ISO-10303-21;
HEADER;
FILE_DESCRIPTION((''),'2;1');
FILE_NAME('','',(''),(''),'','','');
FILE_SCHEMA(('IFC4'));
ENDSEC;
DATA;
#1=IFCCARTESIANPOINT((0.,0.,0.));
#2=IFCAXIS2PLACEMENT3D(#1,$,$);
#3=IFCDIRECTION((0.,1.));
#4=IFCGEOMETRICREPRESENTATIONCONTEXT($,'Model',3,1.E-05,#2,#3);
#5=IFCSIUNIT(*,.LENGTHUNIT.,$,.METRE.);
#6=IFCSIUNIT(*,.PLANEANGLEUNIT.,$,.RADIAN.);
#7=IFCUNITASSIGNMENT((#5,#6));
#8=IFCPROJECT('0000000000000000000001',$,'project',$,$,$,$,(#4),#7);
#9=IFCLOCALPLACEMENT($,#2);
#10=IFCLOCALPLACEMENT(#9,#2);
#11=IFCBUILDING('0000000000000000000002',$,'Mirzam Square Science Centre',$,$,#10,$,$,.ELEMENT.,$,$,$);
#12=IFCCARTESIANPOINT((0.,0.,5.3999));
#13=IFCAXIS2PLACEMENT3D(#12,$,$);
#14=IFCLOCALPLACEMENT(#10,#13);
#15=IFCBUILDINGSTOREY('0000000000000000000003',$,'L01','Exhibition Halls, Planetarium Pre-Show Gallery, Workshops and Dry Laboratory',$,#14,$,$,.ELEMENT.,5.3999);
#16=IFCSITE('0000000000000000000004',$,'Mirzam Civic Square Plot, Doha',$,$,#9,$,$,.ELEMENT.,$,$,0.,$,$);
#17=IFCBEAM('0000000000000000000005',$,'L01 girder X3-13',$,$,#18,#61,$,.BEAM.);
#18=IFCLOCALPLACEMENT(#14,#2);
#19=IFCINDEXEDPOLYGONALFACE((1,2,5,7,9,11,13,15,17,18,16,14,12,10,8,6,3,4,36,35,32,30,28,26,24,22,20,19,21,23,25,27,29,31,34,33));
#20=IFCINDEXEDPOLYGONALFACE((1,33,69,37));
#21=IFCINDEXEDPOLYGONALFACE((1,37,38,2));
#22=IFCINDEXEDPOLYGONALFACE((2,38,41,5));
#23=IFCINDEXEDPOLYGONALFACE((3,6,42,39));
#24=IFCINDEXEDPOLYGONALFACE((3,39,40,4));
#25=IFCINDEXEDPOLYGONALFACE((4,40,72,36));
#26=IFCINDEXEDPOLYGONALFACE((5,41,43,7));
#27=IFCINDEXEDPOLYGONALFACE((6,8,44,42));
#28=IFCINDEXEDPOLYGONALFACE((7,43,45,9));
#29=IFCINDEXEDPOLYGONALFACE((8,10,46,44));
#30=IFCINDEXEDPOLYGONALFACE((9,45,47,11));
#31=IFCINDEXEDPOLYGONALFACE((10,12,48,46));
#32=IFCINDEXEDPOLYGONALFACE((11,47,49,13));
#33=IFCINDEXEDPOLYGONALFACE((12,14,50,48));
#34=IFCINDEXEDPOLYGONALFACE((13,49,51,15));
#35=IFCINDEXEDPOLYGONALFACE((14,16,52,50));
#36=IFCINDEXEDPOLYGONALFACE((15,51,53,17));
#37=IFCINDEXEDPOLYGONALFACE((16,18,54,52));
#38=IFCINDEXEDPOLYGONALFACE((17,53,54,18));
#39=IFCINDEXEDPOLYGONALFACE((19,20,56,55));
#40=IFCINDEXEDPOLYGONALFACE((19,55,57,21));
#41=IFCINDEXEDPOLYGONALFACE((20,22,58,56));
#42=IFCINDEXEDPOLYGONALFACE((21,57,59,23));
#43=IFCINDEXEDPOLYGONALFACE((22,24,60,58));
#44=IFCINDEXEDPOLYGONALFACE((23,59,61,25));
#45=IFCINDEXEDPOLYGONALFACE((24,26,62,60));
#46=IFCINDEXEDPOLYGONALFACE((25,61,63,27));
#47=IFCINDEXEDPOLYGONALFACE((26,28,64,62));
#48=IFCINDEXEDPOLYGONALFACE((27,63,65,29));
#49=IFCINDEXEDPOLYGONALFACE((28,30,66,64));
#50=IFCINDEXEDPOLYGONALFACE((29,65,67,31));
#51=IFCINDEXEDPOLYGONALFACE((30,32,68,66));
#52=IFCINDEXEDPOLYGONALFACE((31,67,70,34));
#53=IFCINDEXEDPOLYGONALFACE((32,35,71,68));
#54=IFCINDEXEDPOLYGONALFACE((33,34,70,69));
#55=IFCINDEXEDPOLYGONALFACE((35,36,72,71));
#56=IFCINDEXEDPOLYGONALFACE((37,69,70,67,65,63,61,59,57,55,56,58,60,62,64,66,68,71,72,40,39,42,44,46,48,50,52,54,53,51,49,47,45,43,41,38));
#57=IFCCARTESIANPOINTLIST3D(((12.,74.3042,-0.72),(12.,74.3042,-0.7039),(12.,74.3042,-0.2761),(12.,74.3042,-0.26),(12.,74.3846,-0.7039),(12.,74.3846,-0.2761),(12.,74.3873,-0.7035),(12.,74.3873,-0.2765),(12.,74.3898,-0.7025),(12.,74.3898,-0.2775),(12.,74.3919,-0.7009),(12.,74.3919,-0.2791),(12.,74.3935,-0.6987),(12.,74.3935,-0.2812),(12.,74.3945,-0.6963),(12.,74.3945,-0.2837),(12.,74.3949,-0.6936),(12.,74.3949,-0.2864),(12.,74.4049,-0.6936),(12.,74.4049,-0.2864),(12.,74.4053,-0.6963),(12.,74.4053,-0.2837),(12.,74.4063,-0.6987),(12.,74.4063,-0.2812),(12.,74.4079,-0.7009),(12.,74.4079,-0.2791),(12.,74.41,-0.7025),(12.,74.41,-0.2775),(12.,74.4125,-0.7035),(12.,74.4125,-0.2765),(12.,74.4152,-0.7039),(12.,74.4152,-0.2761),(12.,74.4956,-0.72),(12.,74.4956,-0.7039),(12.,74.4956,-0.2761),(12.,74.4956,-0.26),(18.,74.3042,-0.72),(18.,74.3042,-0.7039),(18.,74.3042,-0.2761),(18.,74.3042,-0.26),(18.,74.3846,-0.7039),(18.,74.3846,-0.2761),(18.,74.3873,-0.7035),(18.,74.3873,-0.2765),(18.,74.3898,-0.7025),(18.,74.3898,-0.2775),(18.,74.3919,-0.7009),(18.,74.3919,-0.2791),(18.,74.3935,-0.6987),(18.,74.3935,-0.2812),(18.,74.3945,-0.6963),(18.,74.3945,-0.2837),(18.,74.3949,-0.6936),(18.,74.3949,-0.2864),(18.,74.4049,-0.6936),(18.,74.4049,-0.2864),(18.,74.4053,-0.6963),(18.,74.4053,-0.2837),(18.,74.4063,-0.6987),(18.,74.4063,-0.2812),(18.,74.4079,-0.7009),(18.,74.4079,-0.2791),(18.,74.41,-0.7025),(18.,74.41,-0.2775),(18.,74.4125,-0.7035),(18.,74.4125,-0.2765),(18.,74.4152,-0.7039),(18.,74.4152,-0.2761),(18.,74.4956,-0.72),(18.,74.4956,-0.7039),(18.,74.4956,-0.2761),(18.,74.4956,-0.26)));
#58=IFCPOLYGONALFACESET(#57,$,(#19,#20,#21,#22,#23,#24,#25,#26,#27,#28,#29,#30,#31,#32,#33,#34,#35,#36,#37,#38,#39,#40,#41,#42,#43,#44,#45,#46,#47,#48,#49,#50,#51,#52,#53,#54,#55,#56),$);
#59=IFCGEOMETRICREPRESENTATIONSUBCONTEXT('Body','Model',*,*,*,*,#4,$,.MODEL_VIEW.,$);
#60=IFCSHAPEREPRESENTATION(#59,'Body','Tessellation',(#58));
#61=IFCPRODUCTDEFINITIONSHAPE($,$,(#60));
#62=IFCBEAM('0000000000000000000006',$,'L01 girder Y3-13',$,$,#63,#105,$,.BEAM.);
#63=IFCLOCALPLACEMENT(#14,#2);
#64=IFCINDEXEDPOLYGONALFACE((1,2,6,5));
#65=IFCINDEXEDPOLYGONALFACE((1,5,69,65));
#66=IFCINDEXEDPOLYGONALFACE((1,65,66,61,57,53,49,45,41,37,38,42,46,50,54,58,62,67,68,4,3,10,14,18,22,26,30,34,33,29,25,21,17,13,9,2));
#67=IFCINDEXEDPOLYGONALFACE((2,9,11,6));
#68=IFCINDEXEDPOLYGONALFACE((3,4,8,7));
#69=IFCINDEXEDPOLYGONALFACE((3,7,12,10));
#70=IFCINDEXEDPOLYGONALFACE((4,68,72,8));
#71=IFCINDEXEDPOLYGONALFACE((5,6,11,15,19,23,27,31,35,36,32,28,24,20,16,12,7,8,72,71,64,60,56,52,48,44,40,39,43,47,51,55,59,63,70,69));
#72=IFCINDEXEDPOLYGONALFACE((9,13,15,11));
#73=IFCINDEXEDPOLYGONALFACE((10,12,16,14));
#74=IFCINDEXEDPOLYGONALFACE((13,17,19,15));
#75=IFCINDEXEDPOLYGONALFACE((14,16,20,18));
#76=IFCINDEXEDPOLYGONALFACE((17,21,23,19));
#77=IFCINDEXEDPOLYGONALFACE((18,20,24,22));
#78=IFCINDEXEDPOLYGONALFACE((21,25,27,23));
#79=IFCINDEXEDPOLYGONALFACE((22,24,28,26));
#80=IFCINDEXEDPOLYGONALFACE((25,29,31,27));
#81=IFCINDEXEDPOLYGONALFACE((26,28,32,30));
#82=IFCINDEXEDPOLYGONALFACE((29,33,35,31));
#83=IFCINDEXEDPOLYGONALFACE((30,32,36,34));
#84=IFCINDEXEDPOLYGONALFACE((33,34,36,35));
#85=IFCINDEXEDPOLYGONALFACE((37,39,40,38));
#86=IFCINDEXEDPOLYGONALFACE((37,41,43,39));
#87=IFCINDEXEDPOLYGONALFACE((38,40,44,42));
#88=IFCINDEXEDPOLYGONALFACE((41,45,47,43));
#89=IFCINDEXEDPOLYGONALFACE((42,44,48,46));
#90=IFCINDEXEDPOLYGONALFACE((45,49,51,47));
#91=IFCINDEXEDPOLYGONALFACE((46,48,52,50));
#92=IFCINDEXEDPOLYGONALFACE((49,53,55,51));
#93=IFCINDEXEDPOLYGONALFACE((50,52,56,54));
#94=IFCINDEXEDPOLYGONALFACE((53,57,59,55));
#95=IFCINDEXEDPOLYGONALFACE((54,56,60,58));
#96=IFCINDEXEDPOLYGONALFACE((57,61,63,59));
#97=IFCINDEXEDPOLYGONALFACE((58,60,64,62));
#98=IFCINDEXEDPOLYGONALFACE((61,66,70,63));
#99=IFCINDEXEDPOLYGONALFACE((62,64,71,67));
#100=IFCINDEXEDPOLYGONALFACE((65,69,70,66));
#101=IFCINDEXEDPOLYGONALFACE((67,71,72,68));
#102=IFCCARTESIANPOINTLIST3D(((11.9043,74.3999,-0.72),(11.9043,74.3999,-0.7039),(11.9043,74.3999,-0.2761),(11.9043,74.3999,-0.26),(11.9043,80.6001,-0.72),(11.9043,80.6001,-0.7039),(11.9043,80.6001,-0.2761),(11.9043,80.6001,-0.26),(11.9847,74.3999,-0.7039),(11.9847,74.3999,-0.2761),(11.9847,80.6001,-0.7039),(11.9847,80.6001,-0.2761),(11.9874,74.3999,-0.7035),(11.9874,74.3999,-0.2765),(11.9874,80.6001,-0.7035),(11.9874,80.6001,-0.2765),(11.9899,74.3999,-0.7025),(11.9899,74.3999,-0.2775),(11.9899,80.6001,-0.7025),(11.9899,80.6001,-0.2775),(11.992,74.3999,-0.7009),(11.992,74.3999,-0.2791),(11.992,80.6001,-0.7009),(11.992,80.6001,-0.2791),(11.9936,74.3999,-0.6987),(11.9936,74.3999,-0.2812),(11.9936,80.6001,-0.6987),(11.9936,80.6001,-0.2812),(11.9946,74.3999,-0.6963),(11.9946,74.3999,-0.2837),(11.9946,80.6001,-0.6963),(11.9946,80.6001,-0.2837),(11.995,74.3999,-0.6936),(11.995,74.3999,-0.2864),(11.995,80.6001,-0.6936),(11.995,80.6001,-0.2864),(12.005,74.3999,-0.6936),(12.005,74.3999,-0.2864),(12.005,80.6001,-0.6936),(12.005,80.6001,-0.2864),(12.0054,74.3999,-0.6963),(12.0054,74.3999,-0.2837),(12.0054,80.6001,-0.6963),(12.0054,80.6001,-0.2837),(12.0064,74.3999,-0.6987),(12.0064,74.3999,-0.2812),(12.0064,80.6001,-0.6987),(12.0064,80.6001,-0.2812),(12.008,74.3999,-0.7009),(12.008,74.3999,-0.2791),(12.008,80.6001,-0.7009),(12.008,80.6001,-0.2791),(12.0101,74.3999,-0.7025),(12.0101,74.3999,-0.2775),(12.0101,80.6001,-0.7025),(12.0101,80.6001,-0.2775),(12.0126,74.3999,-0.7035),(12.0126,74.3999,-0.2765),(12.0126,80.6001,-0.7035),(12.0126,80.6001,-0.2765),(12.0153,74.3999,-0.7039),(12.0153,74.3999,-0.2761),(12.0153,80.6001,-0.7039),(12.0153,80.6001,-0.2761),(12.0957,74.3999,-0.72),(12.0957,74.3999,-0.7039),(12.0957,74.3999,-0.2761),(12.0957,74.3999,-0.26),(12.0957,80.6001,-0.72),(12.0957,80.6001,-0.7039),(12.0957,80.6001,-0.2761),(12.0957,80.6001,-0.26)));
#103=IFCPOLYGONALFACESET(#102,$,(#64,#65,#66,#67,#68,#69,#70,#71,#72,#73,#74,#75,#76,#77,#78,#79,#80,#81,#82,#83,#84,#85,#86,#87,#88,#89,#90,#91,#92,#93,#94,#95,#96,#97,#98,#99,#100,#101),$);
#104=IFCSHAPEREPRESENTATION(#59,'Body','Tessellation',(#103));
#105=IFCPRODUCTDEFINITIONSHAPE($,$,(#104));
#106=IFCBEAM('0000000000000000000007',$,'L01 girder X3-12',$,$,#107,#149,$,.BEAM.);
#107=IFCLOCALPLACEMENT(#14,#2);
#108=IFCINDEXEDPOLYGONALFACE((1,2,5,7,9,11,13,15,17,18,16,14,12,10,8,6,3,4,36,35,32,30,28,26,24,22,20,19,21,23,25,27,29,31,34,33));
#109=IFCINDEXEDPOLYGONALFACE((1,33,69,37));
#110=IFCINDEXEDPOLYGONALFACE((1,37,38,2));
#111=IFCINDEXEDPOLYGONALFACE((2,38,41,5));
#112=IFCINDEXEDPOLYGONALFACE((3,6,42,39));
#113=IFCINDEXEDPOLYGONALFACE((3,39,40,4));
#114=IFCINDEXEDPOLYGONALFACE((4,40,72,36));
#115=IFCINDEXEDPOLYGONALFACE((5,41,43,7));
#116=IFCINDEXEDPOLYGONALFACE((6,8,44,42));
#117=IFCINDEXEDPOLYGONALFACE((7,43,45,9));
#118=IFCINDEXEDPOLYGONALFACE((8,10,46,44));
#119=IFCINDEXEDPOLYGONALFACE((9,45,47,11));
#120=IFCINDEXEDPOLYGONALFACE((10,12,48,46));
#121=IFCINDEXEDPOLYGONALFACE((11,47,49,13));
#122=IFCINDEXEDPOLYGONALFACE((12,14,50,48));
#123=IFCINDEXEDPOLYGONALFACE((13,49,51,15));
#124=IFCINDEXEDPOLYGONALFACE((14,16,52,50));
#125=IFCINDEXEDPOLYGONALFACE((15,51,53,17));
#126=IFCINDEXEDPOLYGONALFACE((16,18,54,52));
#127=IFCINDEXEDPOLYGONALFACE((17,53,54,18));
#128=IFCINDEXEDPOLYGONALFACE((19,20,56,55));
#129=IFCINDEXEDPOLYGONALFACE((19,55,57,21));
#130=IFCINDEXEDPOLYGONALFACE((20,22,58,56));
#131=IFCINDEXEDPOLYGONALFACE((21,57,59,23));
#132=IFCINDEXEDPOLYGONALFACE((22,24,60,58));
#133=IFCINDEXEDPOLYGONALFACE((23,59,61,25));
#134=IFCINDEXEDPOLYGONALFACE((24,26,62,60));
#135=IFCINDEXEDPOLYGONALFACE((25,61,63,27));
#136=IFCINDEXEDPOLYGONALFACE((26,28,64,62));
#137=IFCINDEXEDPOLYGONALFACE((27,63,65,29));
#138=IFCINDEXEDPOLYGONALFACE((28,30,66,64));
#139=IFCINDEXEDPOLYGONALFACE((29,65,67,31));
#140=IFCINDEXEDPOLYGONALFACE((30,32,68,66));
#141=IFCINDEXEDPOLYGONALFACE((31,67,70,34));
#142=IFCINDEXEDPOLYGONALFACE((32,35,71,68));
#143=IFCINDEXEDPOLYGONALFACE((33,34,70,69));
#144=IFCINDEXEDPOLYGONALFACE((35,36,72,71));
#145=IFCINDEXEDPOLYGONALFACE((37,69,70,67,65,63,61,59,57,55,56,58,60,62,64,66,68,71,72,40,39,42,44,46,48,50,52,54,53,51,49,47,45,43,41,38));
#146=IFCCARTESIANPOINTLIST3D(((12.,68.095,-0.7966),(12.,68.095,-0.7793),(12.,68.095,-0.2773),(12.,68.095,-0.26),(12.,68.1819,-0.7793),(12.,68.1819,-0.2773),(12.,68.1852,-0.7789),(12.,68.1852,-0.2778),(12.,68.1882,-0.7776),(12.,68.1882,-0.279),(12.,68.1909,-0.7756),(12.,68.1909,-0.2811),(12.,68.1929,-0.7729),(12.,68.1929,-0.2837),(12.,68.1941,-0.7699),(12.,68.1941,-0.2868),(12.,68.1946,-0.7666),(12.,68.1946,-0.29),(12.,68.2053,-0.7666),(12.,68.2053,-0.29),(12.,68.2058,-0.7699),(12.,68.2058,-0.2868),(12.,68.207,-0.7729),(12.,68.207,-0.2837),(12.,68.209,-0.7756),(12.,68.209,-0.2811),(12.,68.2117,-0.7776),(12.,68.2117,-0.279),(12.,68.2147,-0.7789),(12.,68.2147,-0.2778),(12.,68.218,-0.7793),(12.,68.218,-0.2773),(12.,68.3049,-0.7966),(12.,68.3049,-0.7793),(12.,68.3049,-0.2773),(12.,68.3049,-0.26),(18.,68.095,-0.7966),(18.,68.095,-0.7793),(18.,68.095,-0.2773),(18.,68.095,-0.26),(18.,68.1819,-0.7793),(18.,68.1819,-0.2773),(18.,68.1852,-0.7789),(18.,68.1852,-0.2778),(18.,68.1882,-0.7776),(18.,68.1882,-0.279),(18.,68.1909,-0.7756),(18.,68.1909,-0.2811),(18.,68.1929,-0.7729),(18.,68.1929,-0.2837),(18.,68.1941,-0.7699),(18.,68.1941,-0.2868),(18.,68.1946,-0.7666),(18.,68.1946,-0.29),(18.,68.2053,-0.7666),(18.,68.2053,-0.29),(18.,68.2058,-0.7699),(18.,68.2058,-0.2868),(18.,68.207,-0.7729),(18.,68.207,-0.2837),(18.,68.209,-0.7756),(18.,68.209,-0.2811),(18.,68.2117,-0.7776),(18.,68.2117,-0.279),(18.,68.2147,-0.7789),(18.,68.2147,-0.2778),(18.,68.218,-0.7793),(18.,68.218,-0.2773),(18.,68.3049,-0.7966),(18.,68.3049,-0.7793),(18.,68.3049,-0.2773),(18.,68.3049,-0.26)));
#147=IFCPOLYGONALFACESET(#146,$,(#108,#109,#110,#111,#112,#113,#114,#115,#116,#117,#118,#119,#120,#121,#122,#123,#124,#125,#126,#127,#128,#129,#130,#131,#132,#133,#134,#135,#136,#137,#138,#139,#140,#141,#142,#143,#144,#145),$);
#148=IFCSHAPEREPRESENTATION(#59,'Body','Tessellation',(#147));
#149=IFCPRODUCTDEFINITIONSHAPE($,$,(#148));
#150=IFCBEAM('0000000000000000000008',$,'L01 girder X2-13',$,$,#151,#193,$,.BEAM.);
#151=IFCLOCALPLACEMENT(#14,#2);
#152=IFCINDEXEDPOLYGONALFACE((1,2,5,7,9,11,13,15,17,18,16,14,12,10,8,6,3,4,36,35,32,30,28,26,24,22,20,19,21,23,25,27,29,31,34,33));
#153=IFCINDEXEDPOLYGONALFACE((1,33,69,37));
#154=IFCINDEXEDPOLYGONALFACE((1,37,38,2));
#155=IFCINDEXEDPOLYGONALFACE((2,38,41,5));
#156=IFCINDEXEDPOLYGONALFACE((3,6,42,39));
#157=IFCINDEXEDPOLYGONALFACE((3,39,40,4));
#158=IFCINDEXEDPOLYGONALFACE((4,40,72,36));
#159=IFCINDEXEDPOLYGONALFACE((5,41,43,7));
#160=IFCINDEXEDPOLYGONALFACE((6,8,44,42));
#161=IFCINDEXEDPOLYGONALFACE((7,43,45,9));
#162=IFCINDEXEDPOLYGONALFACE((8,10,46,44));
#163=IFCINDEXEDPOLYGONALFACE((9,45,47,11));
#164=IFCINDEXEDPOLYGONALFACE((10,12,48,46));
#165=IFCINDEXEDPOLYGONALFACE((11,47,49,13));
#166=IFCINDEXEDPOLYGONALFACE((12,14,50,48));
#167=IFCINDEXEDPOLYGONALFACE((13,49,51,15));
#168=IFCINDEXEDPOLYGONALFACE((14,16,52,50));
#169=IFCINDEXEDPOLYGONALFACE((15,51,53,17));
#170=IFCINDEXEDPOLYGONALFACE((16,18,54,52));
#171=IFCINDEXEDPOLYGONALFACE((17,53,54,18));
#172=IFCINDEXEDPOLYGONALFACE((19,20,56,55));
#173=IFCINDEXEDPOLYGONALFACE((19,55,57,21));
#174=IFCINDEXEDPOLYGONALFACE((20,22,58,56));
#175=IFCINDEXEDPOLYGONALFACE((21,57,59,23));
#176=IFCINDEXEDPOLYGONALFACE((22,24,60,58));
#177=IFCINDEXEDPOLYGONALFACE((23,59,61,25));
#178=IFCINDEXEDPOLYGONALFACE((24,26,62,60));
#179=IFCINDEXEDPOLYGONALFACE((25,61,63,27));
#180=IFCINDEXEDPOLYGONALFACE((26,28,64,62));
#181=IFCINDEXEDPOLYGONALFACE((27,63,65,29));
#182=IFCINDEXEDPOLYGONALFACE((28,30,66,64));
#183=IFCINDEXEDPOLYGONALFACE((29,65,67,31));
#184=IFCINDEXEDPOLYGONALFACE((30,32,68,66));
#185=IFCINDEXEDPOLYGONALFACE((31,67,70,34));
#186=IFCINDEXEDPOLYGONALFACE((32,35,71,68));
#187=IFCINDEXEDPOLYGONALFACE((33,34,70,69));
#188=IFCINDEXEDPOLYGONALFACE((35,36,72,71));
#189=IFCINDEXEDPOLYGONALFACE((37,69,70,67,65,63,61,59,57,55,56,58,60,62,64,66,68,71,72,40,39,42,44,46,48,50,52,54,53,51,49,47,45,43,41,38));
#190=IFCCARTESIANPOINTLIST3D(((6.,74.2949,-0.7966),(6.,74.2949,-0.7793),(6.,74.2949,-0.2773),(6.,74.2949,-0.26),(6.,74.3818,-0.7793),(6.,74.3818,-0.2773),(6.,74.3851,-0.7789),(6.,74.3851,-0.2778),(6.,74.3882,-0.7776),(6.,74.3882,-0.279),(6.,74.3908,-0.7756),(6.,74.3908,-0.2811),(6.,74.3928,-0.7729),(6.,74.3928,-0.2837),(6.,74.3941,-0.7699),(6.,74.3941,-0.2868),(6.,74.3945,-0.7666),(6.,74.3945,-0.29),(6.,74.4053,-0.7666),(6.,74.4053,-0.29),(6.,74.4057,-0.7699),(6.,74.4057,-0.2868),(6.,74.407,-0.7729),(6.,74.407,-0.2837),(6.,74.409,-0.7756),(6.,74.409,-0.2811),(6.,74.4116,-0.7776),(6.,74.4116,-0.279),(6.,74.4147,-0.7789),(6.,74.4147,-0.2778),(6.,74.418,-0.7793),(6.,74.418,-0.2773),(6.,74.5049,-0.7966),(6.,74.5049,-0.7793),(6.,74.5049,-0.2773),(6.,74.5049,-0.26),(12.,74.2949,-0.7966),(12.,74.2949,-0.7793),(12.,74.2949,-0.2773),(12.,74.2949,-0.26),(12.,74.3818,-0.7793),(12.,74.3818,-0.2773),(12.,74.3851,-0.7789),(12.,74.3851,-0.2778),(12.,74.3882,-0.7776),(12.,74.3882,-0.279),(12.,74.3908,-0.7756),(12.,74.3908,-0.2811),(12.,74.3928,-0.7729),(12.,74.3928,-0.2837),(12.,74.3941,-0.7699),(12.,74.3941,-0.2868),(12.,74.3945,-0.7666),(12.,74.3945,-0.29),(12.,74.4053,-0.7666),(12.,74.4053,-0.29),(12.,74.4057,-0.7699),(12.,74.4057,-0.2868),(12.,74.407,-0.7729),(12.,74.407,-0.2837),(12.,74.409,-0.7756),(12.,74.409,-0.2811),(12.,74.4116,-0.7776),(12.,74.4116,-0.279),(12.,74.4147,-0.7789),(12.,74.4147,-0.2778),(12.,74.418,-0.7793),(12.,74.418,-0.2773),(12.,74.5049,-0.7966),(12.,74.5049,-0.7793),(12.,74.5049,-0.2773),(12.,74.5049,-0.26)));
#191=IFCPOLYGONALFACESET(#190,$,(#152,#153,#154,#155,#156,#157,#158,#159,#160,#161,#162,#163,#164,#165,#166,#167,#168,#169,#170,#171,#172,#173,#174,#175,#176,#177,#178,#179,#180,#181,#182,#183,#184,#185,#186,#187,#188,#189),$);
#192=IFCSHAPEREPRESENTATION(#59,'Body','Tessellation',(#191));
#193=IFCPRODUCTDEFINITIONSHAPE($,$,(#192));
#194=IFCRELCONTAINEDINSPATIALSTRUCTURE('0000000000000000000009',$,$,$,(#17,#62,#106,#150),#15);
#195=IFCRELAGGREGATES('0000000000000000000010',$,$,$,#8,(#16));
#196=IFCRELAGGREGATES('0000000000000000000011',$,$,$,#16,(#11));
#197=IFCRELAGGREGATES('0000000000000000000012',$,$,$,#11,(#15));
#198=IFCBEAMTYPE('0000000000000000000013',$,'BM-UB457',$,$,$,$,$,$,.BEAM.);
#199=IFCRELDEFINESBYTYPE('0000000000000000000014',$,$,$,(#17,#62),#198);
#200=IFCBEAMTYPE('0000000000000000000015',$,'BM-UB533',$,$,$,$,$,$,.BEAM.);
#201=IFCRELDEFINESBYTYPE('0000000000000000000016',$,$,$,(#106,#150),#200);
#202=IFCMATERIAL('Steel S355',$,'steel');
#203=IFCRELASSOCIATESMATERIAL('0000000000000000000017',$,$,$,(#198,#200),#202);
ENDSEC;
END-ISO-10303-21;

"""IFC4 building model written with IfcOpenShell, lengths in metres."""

from ifc_helpers import new_model, si_unit, direction, frame, origin, origin_2d, place, context, subcontext, project, spatial, i_section, extrude, material, material_profile, profile_set, type_object, element, save


model = new_model("IFC4")

# Units and contexts
model_context = context("Model", 3, precision=1e-05, world=origin(), true_north=direction((0.0, 1.0)))
body_context = subcontext(model_context, "Body", "Model", "MODEL_VIEW")
ifc_project = project(units=[si_unit("LENGTHUNIT", "METRE"), si_unit("PLANEANGLEUNIT", "RADIAN")], contexts=[model_context])

# Site, building, storey
site_placement = place(None, origin())
site = spatial("IfcSite", under=ifc_project, at=site_placement, Name="Mirzam Civic Square Plot, Doha", CompositionType="ELEMENT", RefElevation=0.0)
building_placement = place(site_placement, origin())
building = spatial("IfcBuilding", under=site, at=building_placement, Name="Mirzam Square Science Centre", CompositionType="ELEMENT")
storey_placement = place(building_placement, frame((0.0, 0.0, 5.3999)))
storey = spatial("IfcBuildingStorey", under=building, at=storey_placement, Name="L01", Description="Exhibition Halls, Planetarium Pre-Show Gallery, Workshops and Dry Laboratory", CompositionType="ELEMENT", Elevation=5.3999)

# Shared definitions
ifc_material_1 = material(Name="Steel S355", Category="steel")

# Beams
ifc_material_profile_1 = material_profile(ifc_material_1, i_section(OverallWidth=0.1914, OverallDepth=0.46, WebThickness=0.01, FlangeThickness=0.0161, FilletRadius=0.0103, at=origin_2d()), Name="457x191x82UB")
ifc_profile_set_1 = profile_set([ifc_material_profile_1], Name="Steel S355")
beam_type_1 = type_object("IfcBeamType", Name="BM-UB457", PredefinedType="BEAM", material=ifc_profile_set_1)
beam_1_placement = place(storey_placement, frame((12.0, 74.3999, -0.49), z_axis=(1.0, 0.0, 0.0), x_axis=(0.0, 1.0, 0.0)))
element("IfcBeam", 1, at=beam_1_placement, inside=storey, type_object=beam_type_1, Name="L01 girder X3-13", PredefinedType="BEAM", context=body_context, shape_type="SweptSolid", body=[
    extrude(i_section(OverallWidth=0.1914, OverallDepth=0.46, WebThickness=0.01, FlangeThickness=0.0161, FilletRadius=0.0103, at=origin_2d()), origin(), (0.0, 0.0, 1.0), 6.0),
])
beam_2_placement = place(storey_placement, frame((12.0, 74.3999, -0.49), z_axis=(0.0, 1.0, 0.0), x_axis=(-1.0, 0.0, 0.0)))
element("IfcBeam", 2, at=beam_2_placement, inside=storey, type_object=beam_type_1, Name="L01 girder Y3-13", PredefinedType="BEAM", context=body_context, shape_type="SweptSolid", body=[
    extrude(i_section(OverallWidth=0.1914, OverallDepth=0.46, WebThickness=0.01, FlangeThickness=0.0161, FilletRadius=0.0103, at=origin_2d()), origin(), (0.0, 0.0, 1.0), 6.2002),
])
ifc_material_profile_2 = material_profile(ifc_material_1, i_section(OverallWidth=0.21, OverallDepth=0.5366, WebThickness=0.0107, FlangeThickness=0.0173, FilletRadius=0.0127, at=origin_2d()), Name="533x210x101UB")
ifc_profile_set_2 = profile_set([ifc_material_profile_2], Name="Steel S355")
beam_type_2 = type_object("IfcBeamType", Name="BM-UB533", PredefinedType="BEAM", material=ifc_profile_set_2)
for number, where, z_axis, x_axis, name in (
    (3, (12.0, 68.2, -0.5283), (1.0, 0.0, 0.0), (0.0, 1.0, 0.0), "L01 girder X3-12"),
    (4, (6.0, 74.3999, -0.5283), (1.0, 0.0, 0.0), (0.0, 1.0, 0.0), "L01 girder X2-13"),
):
    element("IfcBeam", number, at=place(storey_placement, frame(where, z_axis=z_axis, x_axis=x_axis)), inside=storey, type_object=beam_type_2, Name=name, PredefinedType="BEAM", context=body_context, shape_type="SweptSolid", body=[
        extrude(i_section(OverallWidth=0.21, OverallDepth=0.5366, WebThickness=0.0107, FlangeThickness=0.0173, FilletRadius=0.0127, at=origin_2d()), origin(), (0.0, 0.0, 1.0), 6.0),
    ])

save(model, "model.ifc")
